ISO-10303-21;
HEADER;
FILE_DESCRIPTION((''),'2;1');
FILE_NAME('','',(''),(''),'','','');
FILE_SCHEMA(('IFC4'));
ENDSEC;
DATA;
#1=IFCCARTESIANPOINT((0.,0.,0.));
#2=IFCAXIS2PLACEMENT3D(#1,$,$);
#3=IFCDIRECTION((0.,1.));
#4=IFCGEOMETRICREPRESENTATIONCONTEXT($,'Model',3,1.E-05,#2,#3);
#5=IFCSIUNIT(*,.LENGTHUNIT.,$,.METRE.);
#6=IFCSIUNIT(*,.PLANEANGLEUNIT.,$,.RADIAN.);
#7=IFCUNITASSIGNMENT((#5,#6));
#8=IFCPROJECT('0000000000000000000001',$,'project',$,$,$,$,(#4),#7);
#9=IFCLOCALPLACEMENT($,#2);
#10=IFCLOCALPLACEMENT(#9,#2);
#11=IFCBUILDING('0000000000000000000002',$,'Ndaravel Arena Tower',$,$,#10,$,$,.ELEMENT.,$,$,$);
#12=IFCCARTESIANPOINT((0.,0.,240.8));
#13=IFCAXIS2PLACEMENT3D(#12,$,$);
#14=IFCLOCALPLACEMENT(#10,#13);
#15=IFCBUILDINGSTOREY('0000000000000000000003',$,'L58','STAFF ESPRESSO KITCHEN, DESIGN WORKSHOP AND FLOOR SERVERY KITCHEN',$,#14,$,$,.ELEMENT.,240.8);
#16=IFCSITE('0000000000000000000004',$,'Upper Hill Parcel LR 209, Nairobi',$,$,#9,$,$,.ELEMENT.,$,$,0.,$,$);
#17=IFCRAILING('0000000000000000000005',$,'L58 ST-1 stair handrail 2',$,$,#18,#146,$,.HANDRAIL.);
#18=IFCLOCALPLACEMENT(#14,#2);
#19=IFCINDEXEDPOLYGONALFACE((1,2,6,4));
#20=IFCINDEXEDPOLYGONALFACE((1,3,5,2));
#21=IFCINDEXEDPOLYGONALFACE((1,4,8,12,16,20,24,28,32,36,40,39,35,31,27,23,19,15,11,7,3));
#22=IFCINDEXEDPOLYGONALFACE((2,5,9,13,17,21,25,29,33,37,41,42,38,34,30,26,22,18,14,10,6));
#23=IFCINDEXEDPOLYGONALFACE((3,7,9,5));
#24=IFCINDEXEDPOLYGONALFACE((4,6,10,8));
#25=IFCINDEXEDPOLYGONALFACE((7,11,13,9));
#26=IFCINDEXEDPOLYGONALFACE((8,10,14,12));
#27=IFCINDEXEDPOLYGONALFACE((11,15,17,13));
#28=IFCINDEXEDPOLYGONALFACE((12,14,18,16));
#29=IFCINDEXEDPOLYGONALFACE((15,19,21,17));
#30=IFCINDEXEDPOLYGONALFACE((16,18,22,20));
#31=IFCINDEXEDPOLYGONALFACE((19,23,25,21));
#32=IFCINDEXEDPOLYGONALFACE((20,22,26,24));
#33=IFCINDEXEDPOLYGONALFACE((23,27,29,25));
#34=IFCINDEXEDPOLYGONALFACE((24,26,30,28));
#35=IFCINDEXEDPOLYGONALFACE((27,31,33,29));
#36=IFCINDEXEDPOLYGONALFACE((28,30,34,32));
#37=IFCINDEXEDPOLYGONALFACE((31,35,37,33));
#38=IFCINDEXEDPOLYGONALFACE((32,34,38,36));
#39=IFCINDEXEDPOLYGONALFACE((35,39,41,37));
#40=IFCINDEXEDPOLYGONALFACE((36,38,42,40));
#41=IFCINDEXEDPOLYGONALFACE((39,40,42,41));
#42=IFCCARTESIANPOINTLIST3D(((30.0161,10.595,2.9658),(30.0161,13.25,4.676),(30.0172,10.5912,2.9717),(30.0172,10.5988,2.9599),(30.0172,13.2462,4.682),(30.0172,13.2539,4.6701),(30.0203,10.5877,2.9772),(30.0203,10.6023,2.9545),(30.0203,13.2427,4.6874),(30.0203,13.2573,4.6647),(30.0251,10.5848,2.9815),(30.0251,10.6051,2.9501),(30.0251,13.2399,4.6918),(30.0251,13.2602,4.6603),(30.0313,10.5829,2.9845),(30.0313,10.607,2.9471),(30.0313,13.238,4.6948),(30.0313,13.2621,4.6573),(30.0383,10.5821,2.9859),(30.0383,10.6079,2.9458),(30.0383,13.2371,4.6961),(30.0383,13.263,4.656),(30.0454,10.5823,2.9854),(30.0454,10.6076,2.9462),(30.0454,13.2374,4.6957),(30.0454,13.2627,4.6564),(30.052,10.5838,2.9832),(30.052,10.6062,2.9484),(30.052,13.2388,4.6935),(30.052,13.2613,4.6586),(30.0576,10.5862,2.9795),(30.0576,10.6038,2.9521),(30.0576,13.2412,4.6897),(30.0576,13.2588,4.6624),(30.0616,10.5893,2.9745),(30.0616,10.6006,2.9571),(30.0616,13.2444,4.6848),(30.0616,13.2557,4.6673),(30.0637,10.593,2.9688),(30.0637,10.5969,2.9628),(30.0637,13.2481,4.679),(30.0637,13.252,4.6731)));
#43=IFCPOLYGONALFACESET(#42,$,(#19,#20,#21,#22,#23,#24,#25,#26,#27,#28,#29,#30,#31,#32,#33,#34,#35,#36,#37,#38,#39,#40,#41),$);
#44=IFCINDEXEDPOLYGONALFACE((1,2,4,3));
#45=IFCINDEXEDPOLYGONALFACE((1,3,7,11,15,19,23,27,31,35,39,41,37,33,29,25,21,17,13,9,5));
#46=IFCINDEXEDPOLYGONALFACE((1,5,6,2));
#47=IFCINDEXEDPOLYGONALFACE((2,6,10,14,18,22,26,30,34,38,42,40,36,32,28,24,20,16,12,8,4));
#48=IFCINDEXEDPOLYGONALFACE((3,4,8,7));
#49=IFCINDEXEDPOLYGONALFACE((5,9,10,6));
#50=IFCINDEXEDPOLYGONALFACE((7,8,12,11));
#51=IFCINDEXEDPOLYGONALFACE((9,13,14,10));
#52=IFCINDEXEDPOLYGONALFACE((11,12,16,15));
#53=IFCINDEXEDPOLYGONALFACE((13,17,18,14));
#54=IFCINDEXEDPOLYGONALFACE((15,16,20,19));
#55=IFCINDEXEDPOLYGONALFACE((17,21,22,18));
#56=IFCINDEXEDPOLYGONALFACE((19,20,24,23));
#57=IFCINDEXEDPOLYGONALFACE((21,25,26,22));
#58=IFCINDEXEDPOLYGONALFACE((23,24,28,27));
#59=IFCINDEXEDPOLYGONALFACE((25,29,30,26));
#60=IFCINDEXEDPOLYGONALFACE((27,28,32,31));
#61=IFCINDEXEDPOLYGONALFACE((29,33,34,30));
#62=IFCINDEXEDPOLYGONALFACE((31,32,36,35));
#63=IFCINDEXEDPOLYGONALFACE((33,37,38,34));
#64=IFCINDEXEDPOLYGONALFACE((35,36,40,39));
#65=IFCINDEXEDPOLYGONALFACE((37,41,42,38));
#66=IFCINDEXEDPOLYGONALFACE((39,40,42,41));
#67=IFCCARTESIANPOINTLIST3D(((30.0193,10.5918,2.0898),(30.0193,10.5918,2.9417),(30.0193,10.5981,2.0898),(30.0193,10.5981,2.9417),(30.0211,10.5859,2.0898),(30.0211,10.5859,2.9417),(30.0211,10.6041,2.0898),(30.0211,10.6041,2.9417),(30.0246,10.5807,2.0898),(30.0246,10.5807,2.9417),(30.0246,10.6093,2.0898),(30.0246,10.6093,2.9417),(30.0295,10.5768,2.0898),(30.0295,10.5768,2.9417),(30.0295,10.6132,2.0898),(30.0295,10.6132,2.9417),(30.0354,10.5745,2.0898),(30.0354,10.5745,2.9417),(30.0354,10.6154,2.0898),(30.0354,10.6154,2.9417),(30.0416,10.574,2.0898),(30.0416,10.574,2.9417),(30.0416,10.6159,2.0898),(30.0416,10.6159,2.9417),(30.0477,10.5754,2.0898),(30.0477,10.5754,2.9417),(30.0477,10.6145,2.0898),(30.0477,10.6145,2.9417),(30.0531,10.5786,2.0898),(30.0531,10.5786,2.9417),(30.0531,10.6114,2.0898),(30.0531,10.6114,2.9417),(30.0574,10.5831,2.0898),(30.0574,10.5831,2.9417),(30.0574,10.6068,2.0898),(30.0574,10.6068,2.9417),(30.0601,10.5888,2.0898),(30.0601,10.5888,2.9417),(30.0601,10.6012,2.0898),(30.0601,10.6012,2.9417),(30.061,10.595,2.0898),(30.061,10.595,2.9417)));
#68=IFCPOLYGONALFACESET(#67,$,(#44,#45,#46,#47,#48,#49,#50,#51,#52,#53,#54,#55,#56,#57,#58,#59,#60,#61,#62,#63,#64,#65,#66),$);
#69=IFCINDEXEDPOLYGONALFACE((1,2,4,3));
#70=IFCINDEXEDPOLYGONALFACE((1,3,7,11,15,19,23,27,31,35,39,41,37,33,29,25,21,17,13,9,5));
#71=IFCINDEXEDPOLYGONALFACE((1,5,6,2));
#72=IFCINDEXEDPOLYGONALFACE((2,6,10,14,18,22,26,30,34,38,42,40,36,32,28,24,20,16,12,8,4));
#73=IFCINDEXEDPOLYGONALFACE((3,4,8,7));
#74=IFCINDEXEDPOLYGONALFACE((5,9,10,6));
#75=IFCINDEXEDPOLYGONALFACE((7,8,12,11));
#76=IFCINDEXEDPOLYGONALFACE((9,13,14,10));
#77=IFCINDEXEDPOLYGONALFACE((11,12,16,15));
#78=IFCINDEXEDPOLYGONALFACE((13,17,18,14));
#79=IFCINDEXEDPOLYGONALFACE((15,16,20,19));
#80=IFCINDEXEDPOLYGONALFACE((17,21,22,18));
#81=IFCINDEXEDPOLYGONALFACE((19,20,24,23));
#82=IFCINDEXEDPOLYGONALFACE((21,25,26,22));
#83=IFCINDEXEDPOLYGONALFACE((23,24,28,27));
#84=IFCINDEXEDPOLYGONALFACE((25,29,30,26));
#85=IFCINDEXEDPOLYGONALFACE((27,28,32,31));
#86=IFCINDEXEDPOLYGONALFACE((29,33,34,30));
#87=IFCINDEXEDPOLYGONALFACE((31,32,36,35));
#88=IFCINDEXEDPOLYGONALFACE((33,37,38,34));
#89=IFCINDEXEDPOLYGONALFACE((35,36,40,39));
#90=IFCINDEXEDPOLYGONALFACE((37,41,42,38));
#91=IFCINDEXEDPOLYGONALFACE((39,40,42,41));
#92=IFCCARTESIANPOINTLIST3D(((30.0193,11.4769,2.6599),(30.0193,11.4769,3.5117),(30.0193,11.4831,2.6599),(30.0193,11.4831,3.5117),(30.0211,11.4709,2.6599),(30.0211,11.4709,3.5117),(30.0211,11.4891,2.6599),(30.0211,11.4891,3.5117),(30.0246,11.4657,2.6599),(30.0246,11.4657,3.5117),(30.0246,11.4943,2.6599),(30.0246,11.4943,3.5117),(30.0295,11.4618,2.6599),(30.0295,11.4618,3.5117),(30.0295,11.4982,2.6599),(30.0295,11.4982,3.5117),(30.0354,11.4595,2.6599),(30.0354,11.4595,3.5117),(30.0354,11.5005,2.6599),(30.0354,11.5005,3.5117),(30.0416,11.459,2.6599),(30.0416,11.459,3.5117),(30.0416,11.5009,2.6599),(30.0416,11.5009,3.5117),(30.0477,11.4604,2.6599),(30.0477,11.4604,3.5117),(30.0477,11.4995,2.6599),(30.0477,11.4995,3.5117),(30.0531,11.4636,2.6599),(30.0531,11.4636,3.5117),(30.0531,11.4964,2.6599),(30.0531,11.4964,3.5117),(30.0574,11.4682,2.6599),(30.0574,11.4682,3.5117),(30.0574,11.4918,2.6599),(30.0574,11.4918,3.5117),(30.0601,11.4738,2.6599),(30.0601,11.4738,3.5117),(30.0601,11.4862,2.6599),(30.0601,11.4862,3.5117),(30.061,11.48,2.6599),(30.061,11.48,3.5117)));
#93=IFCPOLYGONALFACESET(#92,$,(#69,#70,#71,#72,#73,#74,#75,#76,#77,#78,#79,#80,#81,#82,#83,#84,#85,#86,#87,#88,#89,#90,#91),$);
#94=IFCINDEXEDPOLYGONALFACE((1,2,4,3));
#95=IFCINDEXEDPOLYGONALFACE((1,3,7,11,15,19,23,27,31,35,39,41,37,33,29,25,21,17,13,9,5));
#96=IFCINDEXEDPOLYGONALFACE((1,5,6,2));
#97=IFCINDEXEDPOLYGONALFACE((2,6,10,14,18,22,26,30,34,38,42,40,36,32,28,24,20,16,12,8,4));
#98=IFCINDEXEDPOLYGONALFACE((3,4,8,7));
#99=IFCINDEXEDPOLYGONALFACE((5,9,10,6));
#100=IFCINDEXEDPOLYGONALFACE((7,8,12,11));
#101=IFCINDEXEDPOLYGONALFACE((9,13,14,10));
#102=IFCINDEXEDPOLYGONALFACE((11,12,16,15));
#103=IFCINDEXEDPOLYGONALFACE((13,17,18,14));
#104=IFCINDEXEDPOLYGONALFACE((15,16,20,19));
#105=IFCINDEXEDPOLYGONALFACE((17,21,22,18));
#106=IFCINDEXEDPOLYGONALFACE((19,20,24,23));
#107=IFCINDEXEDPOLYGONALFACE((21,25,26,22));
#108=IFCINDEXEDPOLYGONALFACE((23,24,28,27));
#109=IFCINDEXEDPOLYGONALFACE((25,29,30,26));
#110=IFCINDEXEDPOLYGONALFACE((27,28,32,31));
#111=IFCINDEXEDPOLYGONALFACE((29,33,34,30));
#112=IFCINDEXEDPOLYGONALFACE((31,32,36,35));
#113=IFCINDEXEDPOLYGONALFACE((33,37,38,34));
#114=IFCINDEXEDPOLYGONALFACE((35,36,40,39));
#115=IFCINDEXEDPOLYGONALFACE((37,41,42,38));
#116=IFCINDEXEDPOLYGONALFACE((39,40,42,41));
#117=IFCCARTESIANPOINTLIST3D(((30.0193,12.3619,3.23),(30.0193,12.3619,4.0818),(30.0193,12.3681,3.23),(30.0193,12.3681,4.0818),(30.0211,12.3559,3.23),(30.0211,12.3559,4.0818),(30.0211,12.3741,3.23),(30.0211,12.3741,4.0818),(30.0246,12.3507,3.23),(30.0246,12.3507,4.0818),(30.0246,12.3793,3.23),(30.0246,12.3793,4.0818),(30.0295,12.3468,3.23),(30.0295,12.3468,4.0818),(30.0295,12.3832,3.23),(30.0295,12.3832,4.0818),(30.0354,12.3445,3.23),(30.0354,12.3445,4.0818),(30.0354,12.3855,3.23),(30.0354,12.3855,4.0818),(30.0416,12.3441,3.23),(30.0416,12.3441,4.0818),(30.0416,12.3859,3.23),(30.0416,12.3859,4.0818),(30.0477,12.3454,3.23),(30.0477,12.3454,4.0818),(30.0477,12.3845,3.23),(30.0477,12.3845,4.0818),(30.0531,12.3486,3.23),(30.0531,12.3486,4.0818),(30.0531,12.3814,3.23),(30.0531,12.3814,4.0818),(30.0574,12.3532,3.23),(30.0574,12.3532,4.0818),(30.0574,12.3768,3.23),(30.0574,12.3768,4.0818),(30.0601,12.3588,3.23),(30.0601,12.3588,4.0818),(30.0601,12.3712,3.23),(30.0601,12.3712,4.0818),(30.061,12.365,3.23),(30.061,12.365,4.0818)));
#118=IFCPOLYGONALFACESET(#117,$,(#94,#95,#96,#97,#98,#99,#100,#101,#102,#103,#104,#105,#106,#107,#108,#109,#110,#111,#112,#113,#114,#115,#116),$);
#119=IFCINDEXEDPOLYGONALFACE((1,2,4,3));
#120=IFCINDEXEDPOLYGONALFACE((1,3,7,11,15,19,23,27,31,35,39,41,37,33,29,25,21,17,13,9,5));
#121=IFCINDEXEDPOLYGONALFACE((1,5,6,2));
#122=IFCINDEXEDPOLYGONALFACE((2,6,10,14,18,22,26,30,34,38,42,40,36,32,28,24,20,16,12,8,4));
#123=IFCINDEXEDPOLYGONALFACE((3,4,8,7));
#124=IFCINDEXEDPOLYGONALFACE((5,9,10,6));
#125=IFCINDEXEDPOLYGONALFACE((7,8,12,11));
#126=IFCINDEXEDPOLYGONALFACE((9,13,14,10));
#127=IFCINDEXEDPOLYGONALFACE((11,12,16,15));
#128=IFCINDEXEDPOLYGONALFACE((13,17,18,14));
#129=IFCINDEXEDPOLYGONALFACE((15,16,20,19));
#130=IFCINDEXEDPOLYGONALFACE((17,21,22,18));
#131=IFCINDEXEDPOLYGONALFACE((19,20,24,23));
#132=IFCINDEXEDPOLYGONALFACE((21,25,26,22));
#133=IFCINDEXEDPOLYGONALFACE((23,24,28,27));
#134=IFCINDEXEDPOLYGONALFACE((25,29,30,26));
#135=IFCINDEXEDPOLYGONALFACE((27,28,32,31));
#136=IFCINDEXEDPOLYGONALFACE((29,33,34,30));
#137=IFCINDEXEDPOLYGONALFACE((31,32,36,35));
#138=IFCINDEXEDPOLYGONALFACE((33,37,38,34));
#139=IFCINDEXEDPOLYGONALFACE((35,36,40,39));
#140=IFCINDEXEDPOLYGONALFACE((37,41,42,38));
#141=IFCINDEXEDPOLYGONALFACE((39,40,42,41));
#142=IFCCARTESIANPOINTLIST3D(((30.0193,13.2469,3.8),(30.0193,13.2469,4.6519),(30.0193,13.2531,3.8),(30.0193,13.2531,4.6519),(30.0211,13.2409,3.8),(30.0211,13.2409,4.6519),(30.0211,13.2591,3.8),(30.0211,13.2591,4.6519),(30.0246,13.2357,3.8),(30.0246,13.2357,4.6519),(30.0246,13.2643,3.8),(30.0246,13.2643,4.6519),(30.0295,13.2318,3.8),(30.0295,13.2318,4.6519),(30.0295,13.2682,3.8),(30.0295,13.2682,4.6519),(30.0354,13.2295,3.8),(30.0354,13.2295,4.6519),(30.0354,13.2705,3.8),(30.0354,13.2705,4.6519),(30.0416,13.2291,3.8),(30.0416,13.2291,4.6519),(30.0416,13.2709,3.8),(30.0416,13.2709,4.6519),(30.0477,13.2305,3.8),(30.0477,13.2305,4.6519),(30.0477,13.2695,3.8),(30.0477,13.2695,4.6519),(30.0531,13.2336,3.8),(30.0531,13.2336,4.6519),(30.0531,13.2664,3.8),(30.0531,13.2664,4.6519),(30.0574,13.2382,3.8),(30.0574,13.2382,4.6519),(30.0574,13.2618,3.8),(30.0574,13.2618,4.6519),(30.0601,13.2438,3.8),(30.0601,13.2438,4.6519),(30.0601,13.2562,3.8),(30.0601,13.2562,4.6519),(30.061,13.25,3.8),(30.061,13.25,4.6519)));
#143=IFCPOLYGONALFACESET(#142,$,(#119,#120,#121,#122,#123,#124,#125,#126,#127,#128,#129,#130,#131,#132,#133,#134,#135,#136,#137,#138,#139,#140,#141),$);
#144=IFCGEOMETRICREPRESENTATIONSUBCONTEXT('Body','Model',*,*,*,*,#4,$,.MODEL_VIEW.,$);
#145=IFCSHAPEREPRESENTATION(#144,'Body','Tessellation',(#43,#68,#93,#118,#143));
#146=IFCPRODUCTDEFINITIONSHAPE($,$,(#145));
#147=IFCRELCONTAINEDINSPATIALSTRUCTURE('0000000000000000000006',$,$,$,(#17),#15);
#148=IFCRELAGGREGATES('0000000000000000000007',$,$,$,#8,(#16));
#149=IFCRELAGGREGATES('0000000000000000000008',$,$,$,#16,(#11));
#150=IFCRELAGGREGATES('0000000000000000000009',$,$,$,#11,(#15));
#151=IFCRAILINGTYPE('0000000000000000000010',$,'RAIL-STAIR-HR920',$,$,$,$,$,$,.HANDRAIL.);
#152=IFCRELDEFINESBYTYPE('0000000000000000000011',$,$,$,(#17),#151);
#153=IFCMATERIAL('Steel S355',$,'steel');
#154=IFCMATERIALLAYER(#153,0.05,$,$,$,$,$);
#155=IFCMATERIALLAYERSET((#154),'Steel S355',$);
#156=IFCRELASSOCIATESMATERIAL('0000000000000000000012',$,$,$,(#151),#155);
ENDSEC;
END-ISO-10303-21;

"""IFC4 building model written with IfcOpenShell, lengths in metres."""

from ifc_helpers import new_model, si_unit, direction, frame, origin, origin_2d, place, context, subcontext, project, spatial, circle, extrude, material, layer, layer_set, type_object, element, save


model = new_model("IFC4")

# Units and contexts
model_context = context("Model", 3, precision=1e-05, world=origin(), true_north=direction((0.0, 1.0)))
body_context = subcontext(model_context, "Body", "Model", "MODEL_VIEW")
ifc_project = project(units=[si_unit("LENGTHUNIT", "METRE"), si_unit("PLANEANGLEUNIT", "RADIAN")], contexts=[model_context])

# Site, building, storey
site_placement = place(None, origin())
site = spatial("IfcSite", under=ifc_project, at=site_placement, Name="Upper Hill Parcel LR 209, Nairobi", CompositionType="ELEMENT", RefElevation=0.0)
building_placement = place(site_placement, origin())
building = spatial("IfcBuilding", under=site, at=building_placement, Name="Ndaravel Arena Tower", CompositionType="ELEMENT")
storey_placement = place(building_placement, frame((0.0, 0.0, 240.8)))
storey = spatial("IfcBuildingStorey", under=building, at=storey_placement, Name="L58", Description="STAFF ESPRESSO KITCHEN, DESIGN WORKSHOP AND FLOOR SERVERY KITCHEN", CompositionType="ELEMENT", Elevation=240.8)

# Railing
ifc_material_1 = material(Name="Steel S355", Category="steel")
ifc_layer_1 = layer(ifc_material_1, 0.05)
ifc_layer_set_1 = layer_set([ifc_layer_1], Name="Steel S355")
railing_type_1 = type_object("IfcRailingType", Name="RAIL-STAIR-HR920", PredefinedType="HANDRAIL", material=ifc_layer_set_1)
railing_1_placement = place(storey_placement, frame((30.04, 10.595, 2.0898)))
element("IfcRailing", 1, at=railing_1_placement, inside=storey, type_object=railing_type_1, Name="L58 ST-1 stair handrail 2", PredefinedType="HANDRAIL", context=body_context, shape_type="SweptSolid", body=[
    extrude(circle(Radius=0.0239, at=origin_2d()), frame((0.0, 0.0, 0.876), z_axis=(0.0, 0.840688, 0.541519), x_axis=(-1.0, 0.0, 0.0)), (0.0, 0.0, 1.0), 3.1582),
    extrude(circle(Radius=0.021, at=origin_2d()), origin(), (0.0, 0.0, 1.0), 0.8518),
    extrude(circle(Radius=0.021, at=origin_2d()), frame((0.0, 0.885, 0.5701)), (0.0, 0.0, 1.0), 0.8518),
    extrude(circle(Radius=0.021, at=origin_2d()), frame((0.0, 1.77, 1.1401)), (0.0, 0.0, 1.0), 0.8518),
    extrude(circle(Radius=0.021, at=origin_2d()), frame((0.0, 2.655, 1.7102)), (0.0, 0.0, 1.0), 0.8518),
])

save(model, "model.ifc")
